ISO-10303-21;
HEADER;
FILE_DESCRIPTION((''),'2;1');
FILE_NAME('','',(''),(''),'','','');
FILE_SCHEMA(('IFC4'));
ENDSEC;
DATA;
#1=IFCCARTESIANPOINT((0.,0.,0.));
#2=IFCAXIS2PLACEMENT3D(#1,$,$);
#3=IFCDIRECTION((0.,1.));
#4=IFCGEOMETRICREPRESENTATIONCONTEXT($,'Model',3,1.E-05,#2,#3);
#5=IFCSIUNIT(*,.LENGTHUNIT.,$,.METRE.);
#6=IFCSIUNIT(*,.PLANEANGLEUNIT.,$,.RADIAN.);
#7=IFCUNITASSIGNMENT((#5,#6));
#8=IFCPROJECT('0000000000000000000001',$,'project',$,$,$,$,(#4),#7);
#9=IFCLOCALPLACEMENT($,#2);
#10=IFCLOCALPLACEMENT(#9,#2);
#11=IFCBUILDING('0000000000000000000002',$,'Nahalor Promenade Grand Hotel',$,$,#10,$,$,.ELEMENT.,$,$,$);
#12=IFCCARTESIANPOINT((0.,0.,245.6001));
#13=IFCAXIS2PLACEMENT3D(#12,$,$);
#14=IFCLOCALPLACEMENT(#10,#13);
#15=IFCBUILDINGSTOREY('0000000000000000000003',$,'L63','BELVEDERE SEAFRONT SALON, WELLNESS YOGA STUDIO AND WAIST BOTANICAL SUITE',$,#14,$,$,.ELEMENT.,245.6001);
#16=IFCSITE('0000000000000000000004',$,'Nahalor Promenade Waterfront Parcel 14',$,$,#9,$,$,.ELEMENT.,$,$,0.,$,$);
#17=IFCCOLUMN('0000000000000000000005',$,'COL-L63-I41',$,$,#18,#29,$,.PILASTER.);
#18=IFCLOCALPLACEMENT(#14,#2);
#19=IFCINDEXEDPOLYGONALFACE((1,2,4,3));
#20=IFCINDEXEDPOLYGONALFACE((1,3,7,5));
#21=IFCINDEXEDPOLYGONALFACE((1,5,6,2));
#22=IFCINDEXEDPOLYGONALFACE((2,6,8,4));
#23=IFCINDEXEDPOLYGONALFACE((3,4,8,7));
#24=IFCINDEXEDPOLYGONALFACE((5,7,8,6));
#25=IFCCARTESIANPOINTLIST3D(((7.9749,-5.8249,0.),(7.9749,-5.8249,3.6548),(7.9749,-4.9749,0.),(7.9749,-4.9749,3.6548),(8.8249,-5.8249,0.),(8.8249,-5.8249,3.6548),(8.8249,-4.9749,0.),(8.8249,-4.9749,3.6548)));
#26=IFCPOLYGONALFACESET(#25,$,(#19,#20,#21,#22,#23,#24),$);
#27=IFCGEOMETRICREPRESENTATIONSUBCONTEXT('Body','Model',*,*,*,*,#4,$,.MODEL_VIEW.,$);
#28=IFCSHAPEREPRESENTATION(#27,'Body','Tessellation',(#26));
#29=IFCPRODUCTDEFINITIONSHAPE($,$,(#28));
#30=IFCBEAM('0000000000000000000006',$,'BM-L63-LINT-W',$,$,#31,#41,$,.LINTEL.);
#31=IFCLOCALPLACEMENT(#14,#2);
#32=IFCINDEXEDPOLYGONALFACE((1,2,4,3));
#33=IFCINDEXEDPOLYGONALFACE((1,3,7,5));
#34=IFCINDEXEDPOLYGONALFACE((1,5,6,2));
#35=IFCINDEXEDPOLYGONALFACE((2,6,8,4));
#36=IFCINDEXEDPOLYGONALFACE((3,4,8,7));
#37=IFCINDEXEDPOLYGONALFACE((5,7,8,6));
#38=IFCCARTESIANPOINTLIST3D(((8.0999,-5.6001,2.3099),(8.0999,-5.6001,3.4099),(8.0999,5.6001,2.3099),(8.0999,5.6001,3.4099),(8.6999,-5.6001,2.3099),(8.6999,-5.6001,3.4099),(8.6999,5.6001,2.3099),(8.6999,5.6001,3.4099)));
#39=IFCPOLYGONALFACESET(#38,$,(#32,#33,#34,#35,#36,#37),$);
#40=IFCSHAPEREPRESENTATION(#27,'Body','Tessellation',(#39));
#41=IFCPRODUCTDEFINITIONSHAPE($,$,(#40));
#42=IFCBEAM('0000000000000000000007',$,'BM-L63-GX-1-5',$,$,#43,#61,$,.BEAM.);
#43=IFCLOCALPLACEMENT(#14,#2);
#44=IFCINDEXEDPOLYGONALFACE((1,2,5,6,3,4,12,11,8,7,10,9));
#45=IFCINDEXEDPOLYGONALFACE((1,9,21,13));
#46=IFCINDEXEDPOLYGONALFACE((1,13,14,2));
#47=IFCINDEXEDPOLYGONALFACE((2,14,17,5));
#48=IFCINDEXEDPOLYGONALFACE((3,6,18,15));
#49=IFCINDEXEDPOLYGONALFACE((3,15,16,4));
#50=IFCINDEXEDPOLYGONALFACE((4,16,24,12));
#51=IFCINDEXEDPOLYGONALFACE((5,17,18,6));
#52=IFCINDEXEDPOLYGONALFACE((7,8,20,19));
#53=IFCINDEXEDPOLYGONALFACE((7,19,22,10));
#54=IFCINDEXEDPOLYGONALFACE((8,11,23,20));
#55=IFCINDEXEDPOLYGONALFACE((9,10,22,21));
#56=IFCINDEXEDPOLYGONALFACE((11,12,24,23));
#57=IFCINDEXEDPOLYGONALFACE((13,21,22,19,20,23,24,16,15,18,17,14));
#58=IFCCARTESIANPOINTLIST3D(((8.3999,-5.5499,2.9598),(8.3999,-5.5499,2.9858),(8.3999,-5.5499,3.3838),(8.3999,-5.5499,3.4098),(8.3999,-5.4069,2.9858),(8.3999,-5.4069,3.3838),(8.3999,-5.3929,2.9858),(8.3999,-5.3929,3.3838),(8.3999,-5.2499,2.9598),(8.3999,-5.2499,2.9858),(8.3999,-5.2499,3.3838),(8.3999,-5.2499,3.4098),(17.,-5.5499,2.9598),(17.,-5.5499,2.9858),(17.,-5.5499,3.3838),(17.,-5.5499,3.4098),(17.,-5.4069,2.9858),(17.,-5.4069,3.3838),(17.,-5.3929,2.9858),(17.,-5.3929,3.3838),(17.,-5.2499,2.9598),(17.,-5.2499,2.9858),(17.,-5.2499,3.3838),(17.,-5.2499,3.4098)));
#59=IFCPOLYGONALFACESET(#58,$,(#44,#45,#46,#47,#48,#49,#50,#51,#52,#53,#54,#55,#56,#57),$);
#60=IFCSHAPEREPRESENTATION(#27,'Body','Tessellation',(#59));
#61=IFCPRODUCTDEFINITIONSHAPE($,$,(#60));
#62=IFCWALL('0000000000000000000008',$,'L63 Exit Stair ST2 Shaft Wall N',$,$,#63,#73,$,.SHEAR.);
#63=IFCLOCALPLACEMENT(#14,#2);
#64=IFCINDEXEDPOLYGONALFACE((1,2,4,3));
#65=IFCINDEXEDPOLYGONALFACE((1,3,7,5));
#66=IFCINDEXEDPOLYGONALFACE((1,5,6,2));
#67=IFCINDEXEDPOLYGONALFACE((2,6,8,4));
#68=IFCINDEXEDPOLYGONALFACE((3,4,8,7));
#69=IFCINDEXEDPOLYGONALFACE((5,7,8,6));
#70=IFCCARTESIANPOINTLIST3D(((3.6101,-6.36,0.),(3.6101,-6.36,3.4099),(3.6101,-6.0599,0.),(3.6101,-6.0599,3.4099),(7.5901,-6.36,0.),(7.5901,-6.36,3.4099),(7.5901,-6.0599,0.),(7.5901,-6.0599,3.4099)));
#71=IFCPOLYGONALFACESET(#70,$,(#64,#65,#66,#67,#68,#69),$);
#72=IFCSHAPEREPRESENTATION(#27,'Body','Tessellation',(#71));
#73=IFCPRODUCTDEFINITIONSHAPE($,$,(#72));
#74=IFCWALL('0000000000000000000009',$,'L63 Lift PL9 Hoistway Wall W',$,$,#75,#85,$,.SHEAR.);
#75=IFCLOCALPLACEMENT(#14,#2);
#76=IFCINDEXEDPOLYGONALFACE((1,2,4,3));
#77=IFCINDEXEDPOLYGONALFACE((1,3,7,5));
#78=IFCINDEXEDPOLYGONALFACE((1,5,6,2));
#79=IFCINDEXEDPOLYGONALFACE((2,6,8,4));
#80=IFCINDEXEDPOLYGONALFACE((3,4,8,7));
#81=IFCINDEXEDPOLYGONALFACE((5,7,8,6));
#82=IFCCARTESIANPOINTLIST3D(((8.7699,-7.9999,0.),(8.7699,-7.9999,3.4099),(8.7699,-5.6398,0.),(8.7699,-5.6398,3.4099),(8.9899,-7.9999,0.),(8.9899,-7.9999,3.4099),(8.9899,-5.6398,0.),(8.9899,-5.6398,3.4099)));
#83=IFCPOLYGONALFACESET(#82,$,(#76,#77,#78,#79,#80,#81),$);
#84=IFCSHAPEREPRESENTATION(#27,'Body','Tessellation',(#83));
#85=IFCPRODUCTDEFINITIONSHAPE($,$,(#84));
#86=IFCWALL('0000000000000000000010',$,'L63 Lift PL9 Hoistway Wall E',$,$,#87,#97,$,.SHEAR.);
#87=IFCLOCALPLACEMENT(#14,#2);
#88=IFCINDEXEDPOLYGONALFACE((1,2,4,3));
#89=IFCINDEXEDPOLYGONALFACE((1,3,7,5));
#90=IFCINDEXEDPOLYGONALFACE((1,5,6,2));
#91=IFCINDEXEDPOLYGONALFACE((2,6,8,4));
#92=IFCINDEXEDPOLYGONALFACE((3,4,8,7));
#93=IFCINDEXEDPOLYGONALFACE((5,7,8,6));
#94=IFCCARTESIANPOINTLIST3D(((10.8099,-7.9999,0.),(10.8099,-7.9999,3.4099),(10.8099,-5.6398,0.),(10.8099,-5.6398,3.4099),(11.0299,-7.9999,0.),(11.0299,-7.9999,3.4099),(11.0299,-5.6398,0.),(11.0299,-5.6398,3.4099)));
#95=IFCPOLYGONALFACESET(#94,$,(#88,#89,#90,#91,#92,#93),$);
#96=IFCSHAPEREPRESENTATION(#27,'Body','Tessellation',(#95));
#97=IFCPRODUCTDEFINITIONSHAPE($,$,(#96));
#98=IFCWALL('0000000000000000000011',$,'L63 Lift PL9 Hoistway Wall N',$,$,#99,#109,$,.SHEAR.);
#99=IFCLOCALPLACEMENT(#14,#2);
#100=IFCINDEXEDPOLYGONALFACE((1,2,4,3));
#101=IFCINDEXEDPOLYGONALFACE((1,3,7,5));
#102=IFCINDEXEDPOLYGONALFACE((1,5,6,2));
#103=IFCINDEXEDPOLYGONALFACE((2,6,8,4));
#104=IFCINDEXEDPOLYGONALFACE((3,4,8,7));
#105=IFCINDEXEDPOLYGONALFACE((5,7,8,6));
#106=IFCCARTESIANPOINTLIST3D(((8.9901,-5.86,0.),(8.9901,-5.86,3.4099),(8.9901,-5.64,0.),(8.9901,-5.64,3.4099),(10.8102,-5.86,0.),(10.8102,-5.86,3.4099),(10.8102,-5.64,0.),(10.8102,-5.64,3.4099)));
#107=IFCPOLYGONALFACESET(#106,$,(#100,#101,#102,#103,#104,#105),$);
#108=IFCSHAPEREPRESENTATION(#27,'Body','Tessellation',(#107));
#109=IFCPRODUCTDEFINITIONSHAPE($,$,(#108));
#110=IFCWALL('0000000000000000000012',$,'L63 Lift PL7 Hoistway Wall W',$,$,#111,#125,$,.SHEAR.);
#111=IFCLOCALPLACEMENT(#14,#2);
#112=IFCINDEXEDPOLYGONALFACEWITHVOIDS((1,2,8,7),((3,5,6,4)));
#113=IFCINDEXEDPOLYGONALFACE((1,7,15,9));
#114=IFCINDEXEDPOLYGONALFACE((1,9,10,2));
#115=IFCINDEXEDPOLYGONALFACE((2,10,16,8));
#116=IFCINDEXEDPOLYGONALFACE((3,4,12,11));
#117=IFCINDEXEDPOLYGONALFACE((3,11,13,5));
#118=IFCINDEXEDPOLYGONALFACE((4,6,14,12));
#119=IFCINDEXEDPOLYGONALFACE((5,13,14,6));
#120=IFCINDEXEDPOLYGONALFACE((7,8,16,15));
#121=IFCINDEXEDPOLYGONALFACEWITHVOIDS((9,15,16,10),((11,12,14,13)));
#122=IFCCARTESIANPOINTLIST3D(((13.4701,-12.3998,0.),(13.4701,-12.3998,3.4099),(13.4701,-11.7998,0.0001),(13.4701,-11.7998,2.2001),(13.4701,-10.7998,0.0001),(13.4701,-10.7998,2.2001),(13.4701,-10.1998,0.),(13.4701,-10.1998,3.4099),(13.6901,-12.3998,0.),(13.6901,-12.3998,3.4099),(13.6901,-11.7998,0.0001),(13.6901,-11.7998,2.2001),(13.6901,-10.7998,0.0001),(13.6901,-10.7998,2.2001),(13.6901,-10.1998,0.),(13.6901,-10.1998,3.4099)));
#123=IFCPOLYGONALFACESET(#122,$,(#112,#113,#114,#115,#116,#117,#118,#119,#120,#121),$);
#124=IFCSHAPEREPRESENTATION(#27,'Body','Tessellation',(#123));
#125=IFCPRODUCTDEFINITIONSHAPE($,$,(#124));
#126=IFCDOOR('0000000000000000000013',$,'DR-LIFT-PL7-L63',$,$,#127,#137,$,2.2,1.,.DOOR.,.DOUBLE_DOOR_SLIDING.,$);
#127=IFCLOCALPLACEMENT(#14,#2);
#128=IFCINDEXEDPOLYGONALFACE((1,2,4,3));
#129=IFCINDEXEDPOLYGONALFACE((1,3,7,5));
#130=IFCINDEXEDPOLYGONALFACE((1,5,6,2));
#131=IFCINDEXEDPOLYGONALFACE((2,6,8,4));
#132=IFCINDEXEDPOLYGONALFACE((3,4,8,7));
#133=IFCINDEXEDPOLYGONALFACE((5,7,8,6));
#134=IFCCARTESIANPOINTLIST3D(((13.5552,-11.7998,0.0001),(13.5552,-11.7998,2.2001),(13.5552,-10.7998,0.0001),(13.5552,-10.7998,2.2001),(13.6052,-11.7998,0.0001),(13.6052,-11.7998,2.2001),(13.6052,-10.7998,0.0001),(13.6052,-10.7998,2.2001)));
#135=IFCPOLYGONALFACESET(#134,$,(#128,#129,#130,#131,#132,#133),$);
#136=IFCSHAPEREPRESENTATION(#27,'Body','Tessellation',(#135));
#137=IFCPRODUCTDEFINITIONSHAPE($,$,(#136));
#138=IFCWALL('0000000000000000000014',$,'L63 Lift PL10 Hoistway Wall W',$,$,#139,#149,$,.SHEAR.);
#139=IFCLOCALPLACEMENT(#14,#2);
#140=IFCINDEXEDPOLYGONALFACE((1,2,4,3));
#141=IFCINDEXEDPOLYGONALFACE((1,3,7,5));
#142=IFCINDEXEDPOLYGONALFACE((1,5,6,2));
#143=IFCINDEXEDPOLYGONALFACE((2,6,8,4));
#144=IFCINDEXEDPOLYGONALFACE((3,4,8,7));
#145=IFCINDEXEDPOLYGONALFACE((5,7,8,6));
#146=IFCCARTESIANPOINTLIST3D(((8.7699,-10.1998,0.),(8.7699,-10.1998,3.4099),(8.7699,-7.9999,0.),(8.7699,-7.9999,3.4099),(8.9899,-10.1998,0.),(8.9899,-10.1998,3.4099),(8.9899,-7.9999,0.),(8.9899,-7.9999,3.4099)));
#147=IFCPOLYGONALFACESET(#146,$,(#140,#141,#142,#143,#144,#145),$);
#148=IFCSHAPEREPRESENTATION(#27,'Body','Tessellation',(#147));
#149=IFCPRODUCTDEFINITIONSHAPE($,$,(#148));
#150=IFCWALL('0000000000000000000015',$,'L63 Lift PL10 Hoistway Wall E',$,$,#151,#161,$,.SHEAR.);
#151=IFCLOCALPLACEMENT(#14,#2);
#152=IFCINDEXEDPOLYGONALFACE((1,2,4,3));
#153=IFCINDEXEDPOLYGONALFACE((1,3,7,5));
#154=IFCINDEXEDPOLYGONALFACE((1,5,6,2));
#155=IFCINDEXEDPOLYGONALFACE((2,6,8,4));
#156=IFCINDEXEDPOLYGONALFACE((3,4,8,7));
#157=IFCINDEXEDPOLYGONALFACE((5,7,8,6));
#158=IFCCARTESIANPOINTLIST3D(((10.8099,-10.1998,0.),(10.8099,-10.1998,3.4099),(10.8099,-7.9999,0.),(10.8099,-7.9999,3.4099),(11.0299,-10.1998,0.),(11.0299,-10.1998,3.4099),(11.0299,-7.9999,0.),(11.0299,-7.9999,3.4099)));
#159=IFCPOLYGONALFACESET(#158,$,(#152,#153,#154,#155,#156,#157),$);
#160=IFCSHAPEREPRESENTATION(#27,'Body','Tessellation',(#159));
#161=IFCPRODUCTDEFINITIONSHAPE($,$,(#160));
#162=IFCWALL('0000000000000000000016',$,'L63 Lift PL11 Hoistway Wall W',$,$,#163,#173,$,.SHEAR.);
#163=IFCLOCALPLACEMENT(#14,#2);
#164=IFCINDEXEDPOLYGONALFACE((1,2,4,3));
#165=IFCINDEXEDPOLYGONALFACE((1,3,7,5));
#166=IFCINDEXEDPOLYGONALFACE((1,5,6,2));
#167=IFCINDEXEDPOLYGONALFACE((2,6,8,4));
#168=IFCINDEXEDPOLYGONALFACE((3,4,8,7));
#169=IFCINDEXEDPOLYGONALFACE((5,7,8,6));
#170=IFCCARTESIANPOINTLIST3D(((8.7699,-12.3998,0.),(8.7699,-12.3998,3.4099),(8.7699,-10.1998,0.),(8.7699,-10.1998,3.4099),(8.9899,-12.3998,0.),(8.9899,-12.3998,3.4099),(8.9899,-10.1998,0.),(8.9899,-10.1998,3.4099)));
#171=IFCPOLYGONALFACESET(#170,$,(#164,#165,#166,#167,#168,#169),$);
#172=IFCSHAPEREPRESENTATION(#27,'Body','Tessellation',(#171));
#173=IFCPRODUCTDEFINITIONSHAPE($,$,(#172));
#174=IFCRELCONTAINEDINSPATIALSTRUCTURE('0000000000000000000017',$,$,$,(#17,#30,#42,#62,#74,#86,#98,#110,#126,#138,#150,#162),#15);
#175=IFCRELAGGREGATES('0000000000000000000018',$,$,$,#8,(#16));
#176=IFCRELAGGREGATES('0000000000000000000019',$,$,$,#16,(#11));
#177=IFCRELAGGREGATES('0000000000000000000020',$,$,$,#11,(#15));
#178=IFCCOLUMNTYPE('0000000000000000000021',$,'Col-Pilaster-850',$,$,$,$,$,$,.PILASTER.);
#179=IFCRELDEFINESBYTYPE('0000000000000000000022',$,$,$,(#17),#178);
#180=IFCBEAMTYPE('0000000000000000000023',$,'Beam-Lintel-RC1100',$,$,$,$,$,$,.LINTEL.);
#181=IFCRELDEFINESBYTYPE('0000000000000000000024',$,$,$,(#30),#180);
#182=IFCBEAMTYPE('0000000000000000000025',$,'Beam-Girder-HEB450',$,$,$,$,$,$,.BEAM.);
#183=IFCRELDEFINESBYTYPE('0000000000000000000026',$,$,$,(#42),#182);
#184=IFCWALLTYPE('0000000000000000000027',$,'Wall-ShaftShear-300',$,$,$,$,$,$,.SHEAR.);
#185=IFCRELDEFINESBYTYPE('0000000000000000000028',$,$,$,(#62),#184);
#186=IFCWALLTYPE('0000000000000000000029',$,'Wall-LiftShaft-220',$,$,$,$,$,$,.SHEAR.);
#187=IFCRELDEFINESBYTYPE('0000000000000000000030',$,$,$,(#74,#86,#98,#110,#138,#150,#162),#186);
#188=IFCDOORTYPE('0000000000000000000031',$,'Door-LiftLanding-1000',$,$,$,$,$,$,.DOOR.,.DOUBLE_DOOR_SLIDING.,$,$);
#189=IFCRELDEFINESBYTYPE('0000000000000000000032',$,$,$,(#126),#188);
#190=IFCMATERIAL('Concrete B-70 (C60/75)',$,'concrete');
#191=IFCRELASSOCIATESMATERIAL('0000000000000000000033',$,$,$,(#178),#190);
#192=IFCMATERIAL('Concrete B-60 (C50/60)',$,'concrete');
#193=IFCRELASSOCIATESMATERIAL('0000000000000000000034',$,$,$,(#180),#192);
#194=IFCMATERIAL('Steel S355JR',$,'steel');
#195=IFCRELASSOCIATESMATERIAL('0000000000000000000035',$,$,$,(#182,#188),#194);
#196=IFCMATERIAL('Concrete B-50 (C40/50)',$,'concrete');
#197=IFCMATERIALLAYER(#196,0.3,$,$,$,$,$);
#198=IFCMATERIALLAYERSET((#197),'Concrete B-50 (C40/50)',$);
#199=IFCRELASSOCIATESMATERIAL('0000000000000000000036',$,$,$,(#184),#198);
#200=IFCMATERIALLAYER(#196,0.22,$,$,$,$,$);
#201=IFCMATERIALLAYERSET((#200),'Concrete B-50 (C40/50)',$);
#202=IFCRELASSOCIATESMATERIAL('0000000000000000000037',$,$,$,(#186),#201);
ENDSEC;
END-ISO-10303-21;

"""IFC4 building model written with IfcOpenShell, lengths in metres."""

from ifc_helpers import new_model, si_unit, direction, frame, frame_2d, origin, origin_2d, place, context, subcontext, project, spatial, rectangle, i_section, extrude, source, transform, mapped, material, layer, layer_set, material_profile, profile_set, type_object, element, fill, save


model = new_model("IFC4")

# Units and contexts
model_context = context("Model", 3, precision=1e-05, world=origin(), true_north=direction((0.0, 1.0)))
body_context = subcontext(model_context, "Body", "Model", "MODEL_VIEW")
ifc_project = project(units=[si_unit("LENGTHUNIT", "METRE"), si_unit("PLANEANGLEUNIT", "RADIAN")], contexts=[model_context])

# Site, building, storey
site_placement = place(None, origin())
site = spatial("IfcSite", under=ifc_project, at=site_placement, Name="Nahalor Promenade Waterfront Parcel 14", CompositionType="ELEMENT", RefElevation=0.0)
building_placement = place(site_placement, origin())
building = spatial("IfcBuilding", under=site, at=building_placement, Name="Nahalor Promenade Grand Hotel", CompositionType="ELEMENT")
storey_placement = place(building_placement, frame((0.0, 0.0, 245.6001)))
storey = spatial("IfcBuildingStorey", under=building, at=storey_placement, Name="L63", Description="BELVEDERE SEAFRONT SALON, WELLNESS YOGA STUDIO AND WAIST BOTANICAL SUITE", CompositionType="ELEMENT", Elevation=245.6001)

# Column
ifc_material_1 = material(Name="Concrete B-70 (C60/75)", Category="concrete")
ifc_material_profile_1 = material_profile(ifc_material_1, rectangle(XDim=0.85, YDim=0.85, at=origin_2d()), Name="RC 850x850")
ifc_profile_set_1 = profile_set([ifc_material_profile_1], Name="Concrete B-70 (C60/75)")
column_type = type_object("IfcColumnType", Name="Col-Pilaster-850", PredefinedType="PILASTER", material=ifc_profile_set_1)
shared_shape_1 = source(origin(), body_context, "Body", "SweptSolid", [
    extrude(rectangle(XDim=0.85, YDim=0.85, at=origin_2d()), origin(), (0.0, 0.0, 1.0), 3.6548),
])
column_placement = place(storey_placement, frame((8.3999, -5.3999, 0.0), z_axis=(0.0, 0.0, 1.0), x_axis=(1.0, 0.0, 0.0)))
element("IfcColumn", 1, at=column_placement, inside=storey, type_object=column_type, Name="COL-L63-I41", PredefinedType="PILASTER", context=body_context, shape_type="MappedRepresentation", body=[
    mapped(shared_shape_1, transform((0.0, 0.0, 0.0), scale=1.0)),
])

# Beams
ifc_material_2 = material(Name="Concrete B-60 (C50/60)", Category="concrete")
ifc_material_profile_2 = material_profile(ifc_material_2, rectangle(XDim=0.6, YDim=1.1, at=origin_2d()), Name="RC 600x1100")
ifc_profile_set_2 = profile_set([ifc_material_profile_2], Name="Concrete B-60 (C50/60)")
beam_type_1 = type_object("IfcBeamType", Name="Beam-Lintel-RC1100", PredefinedType="LINTEL", material=ifc_profile_set_2)
shared_shape_2 = source(origin(), body_context, "Body", "SweptSolid", [
    extrude(rectangle(XDim=0.6, YDim=1.1, at=origin_2d()), origin(), (0.0, 0.0, 1.0), 11.2002),
])
beam_1_placement = place(storey_placement, frame((8.3999, -5.6001, 2.8599), z_axis=(0.0, 1.0, 0.0), x_axis=(-1.0, 0.0, 0.0)))
element("IfcBeam", 2, at=beam_1_placement, inside=storey, type_object=beam_type_1, Name="BM-L63-LINT-W", PredefinedType="LINTEL", context=body_context, shape_type="MappedRepresentation", body=[
    mapped(shared_shape_2, transform((0.0, 0.0, 0.0), scale=1.0)),
])
ifc_material_3 = material(Name="Steel S355JR", Category="steel")
ifc_material_profile_3 = material_profile(ifc_material_3, i_section(OverallWidth=0.3, OverallDepth=0.45, WebThickness=0.014, FlangeThickness=0.026, at=origin_2d()), Name="HEB 450")
ifc_profile_set_3 = profile_set([ifc_material_profile_3], Name="Steel S355JR")
beam_type_2 = type_object("IfcBeamType", Name="Beam-Girder-HEB450", PredefinedType="BEAM", material=ifc_profile_set_3)
shared_shape_3 = source(origin(), body_context, "Body", "SweptSolid", [
    extrude(i_section(OverallWidth=0.3, OverallDepth=0.45, WebThickness=0.014, FlangeThickness=0.026, at=origin_2d()), origin(), (0.0, 0.0, 1.0), 8.6001),
])
beam_2_placement = place(storey_placement, frame((8.3999, -5.3999, 3.1848), z_axis=(1.0, 0.0, 0.0), x_axis=(0.0, 1.0, 0.0)))
element("IfcBeam", 3, at=beam_2_placement, inside=storey, type_object=beam_type_2, Name="BM-L63-GX-1-5", PredefinedType="BEAM", context=body_context, shape_type="MappedRepresentation", body=[
    mapped(shared_shape_3, transform((0.0, 0.0, 0.0), scale=1.0)),
])

# Walls
ifc_material_4 = material(Name="Concrete B-50 (C40/50)", Category="concrete")
ifc_layer_1 = layer(ifc_material_4, 0.3)
ifc_layer_set_1 = layer_set([ifc_layer_1], Name="Concrete B-50 (C40/50)")
wall_type_1 = type_object("IfcWallType", Name="Wall-ShaftShear-300", PredefinedType="SHEAR", material=ifc_layer_set_1)
shared_shape_4 = source(origin(), body_context, "Body", "SweptSolid", [
    extrude(rectangle(XDim=3.98, YDim=0.3, at=frame_2d((1.99, 0.0))), origin(), (0.0, 0.0, 1.0), 3.4099),
])
wall_1_placement = place(storey_placement, frame((3.6101, -6.21, 0.0), z_axis=(0.0, 0.0, 1.0), x_axis=(1.0, 0.0, 0.0)))
element("IfcWall", 4, at=wall_1_placement, inside=storey, type_object=wall_type_1, Name="L63 Exit Stair ST2 Shaft Wall N", PredefinedType="SHEAR", context=body_context, shape_type="MappedRepresentation", body=[
    mapped(shared_shape_4, transform((0.0, 0.0, 0.0), scale=1.0)),
])
ifc_layer_2 = layer(ifc_material_4, 0.22)
ifc_layer_set_2 = layer_set([ifc_layer_2], Name="Concrete B-50 (C40/50)")
wall_type_2 = type_object("IfcWallType", Name="Wall-LiftShaft-220", PredefinedType="SHEAR", material=ifc_layer_set_2)
shared_shape_5 = source(origin(), body_context, "Body", "SweptSolid", [
    extrude(rectangle(XDim=2.3601, YDim=0.22, at=frame_2d((1.1802, 0.0))), origin(), (0.0, 0.0, 1.0), 3.4099),
])
for number, where, z_axis, x_axis, name in (
    (5, (8.8799, -8.0, 0.0), (0.0, 0.0, 1.0), (0.0, 1.0, 0.0), "L63 Lift PL9 Hoistway Wall W"),
    (6, (10.9199, -8.0, 0.0), (0.0, 0.0, 1.0), (0.0, 1.0, 0.0), "L63 Lift PL9 Hoistway Wall E"),
):
    element("IfcWall", number, at=place(storey_placement, frame(where, z_axis=z_axis, x_axis=x_axis)), inside=storey, type_object=wall_type_2, Name=name, PredefinedType="SHEAR", context=body_context, shape_type="MappedRepresentation", body=[
        mapped(shared_shape_5, transform((0.0, 0.0, 0.0), scale=1.0)),
    ])
shared_shape_6 = source(origin(), body_context, "Body", "SweptSolid", [
    extrude(rectangle(XDim=1.8201, YDim=0.22, at=frame_2d((0.9102, 0.0))), origin(), (0.0, 0.0, 1.0), 3.4099),
])
wall_2_placement = place(storey_placement, frame((8.99, -5.75, 0.0), z_axis=(0.0, 0.0, 1.0), x_axis=(1.0, 0.0, 0.0)))
element("IfcWall", 7, at=wall_2_placement, inside=storey, type_object=wall_type_2, Name="L63 Lift PL9 Hoistway Wall N", PredefinedType="SHEAR", context=body_context, shape_type="MappedRepresentation", body=[
    mapped(shared_shape_6, transform((0.0, 0.0, 0.0), scale=1.0)),
])

# Wall, opening, door
shared_shape_7 = source(origin(), body_context, "Body", "SweptSolid", [
    extrude(rectangle(XDim=2.2, YDim=0.22, at=frame_2d((1.1001, 0.0))), origin(), (0.0, 0.0, 1.0), 3.4099),
])
wall_3_placement = place(storey_placement, frame((13.5801, -12.3999, 0.0), z_axis=(0.0, 0.0, 1.0), x_axis=(0.0, 1.0, 0.0)))
wall_3 = element("IfcWall", 8, at=wall_3_placement, inside=storey, type_object=wall_type_2, Name="L63 Lift PL7 Hoistway Wall W", PredefinedType="SHEAR", context=body_context, shape_type="MappedRepresentation", body=[
    mapped(shared_shape_7, transform((0.0, 0.0, 0.0), scale=1.0)),
])
opening_1_placement = place(wall_3_placement, frame((0.6001, 0.0, 0.0)))
opening_1 = element("IfcOpeningElement", 9, at=opening_1_placement, cuts=wall_3, PredefinedType="OPENING", context=body_context, shape_type="SweptSolid", body=[
    extrude(rectangle(XDim=1.0, YDim=2.2, at=frame_2d((0.5, 1.1001))), frame((0.0, 0.1199, 0.0), z_axis=(0.0, -1.0, 0.0), x_axis=(1.0, 0.0, 0.0)), (0.0, 0.0, 1.0), 0.24),
])
door_type_1 = type_object("IfcDoorType", Name="Door-LiftLanding-1000", OperationType="DOUBLE_DOOR_SLIDING", PredefinedType="DOOR", material=ifc_material_3)
shared_shape_8 = source(origin(), body_context, "Body", "SweptSolid", [
    extrude(rectangle(XDim=1.0, YDim=2.2, at=frame_2d((0.5, 1.1001))), frame((0.0, 0.0249, 0.0), z_axis=(0.0, -1.0, 0.0), x_axis=(1.0, 0.0, 0.0)), (0.0, 0.0, 1.0), 0.05),
])
door_1_placement = place(opening_1_placement, origin())
door_1 = element("IfcDoor", 10, at=door_1_placement, inside=storey, type_object=door_type_1, Name="DR-LIFT-PL7-L63", OperationType="DOUBLE_DOOR_SLIDING", OverallHeight=2.2, OverallWidth=1.0, PredefinedType="DOOR", context=body_context, shape_type="MappedRepresentation", body=[
    mapped(shared_shape_8, transform((0.0, 0.0, 0.0), scale=1.0)),
])
fill(opening_1, door_1)

# Walls
for number, where, z_axis, x_axis, name in (
    (11, (8.8799, -10.2, 0.0), (0.0, 0.0, 1.0), (0.0, 1.0, 0.0), "L63 Lift PL10 Hoistway Wall W"),
    (12, (10.9199, -10.2, 0.0), (0.0, 0.0, 1.0), (0.0, 1.0, 0.0), "L63 Lift PL10 Hoistway Wall E"),
    (13, (8.8799, -12.3999, 0.0), (0.0, 0.0, 1.0), (0.0, 1.0, 0.0), "L63 Lift PL11 Hoistway Wall W"),
):
    element("IfcWall", number, at=place(storey_placement, frame(where, z_axis=z_axis, x_axis=x_axis)), inside=storey, type_object=wall_type_2, Name=name, PredefinedType="SHEAR", context=body_context, shape_type="MappedRepresentation", body=[
        mapped(shared_shape_7, transform((0.0, 0.0, 0.0), scale=1.0)),
    ])

save(model, "model.ifc")
